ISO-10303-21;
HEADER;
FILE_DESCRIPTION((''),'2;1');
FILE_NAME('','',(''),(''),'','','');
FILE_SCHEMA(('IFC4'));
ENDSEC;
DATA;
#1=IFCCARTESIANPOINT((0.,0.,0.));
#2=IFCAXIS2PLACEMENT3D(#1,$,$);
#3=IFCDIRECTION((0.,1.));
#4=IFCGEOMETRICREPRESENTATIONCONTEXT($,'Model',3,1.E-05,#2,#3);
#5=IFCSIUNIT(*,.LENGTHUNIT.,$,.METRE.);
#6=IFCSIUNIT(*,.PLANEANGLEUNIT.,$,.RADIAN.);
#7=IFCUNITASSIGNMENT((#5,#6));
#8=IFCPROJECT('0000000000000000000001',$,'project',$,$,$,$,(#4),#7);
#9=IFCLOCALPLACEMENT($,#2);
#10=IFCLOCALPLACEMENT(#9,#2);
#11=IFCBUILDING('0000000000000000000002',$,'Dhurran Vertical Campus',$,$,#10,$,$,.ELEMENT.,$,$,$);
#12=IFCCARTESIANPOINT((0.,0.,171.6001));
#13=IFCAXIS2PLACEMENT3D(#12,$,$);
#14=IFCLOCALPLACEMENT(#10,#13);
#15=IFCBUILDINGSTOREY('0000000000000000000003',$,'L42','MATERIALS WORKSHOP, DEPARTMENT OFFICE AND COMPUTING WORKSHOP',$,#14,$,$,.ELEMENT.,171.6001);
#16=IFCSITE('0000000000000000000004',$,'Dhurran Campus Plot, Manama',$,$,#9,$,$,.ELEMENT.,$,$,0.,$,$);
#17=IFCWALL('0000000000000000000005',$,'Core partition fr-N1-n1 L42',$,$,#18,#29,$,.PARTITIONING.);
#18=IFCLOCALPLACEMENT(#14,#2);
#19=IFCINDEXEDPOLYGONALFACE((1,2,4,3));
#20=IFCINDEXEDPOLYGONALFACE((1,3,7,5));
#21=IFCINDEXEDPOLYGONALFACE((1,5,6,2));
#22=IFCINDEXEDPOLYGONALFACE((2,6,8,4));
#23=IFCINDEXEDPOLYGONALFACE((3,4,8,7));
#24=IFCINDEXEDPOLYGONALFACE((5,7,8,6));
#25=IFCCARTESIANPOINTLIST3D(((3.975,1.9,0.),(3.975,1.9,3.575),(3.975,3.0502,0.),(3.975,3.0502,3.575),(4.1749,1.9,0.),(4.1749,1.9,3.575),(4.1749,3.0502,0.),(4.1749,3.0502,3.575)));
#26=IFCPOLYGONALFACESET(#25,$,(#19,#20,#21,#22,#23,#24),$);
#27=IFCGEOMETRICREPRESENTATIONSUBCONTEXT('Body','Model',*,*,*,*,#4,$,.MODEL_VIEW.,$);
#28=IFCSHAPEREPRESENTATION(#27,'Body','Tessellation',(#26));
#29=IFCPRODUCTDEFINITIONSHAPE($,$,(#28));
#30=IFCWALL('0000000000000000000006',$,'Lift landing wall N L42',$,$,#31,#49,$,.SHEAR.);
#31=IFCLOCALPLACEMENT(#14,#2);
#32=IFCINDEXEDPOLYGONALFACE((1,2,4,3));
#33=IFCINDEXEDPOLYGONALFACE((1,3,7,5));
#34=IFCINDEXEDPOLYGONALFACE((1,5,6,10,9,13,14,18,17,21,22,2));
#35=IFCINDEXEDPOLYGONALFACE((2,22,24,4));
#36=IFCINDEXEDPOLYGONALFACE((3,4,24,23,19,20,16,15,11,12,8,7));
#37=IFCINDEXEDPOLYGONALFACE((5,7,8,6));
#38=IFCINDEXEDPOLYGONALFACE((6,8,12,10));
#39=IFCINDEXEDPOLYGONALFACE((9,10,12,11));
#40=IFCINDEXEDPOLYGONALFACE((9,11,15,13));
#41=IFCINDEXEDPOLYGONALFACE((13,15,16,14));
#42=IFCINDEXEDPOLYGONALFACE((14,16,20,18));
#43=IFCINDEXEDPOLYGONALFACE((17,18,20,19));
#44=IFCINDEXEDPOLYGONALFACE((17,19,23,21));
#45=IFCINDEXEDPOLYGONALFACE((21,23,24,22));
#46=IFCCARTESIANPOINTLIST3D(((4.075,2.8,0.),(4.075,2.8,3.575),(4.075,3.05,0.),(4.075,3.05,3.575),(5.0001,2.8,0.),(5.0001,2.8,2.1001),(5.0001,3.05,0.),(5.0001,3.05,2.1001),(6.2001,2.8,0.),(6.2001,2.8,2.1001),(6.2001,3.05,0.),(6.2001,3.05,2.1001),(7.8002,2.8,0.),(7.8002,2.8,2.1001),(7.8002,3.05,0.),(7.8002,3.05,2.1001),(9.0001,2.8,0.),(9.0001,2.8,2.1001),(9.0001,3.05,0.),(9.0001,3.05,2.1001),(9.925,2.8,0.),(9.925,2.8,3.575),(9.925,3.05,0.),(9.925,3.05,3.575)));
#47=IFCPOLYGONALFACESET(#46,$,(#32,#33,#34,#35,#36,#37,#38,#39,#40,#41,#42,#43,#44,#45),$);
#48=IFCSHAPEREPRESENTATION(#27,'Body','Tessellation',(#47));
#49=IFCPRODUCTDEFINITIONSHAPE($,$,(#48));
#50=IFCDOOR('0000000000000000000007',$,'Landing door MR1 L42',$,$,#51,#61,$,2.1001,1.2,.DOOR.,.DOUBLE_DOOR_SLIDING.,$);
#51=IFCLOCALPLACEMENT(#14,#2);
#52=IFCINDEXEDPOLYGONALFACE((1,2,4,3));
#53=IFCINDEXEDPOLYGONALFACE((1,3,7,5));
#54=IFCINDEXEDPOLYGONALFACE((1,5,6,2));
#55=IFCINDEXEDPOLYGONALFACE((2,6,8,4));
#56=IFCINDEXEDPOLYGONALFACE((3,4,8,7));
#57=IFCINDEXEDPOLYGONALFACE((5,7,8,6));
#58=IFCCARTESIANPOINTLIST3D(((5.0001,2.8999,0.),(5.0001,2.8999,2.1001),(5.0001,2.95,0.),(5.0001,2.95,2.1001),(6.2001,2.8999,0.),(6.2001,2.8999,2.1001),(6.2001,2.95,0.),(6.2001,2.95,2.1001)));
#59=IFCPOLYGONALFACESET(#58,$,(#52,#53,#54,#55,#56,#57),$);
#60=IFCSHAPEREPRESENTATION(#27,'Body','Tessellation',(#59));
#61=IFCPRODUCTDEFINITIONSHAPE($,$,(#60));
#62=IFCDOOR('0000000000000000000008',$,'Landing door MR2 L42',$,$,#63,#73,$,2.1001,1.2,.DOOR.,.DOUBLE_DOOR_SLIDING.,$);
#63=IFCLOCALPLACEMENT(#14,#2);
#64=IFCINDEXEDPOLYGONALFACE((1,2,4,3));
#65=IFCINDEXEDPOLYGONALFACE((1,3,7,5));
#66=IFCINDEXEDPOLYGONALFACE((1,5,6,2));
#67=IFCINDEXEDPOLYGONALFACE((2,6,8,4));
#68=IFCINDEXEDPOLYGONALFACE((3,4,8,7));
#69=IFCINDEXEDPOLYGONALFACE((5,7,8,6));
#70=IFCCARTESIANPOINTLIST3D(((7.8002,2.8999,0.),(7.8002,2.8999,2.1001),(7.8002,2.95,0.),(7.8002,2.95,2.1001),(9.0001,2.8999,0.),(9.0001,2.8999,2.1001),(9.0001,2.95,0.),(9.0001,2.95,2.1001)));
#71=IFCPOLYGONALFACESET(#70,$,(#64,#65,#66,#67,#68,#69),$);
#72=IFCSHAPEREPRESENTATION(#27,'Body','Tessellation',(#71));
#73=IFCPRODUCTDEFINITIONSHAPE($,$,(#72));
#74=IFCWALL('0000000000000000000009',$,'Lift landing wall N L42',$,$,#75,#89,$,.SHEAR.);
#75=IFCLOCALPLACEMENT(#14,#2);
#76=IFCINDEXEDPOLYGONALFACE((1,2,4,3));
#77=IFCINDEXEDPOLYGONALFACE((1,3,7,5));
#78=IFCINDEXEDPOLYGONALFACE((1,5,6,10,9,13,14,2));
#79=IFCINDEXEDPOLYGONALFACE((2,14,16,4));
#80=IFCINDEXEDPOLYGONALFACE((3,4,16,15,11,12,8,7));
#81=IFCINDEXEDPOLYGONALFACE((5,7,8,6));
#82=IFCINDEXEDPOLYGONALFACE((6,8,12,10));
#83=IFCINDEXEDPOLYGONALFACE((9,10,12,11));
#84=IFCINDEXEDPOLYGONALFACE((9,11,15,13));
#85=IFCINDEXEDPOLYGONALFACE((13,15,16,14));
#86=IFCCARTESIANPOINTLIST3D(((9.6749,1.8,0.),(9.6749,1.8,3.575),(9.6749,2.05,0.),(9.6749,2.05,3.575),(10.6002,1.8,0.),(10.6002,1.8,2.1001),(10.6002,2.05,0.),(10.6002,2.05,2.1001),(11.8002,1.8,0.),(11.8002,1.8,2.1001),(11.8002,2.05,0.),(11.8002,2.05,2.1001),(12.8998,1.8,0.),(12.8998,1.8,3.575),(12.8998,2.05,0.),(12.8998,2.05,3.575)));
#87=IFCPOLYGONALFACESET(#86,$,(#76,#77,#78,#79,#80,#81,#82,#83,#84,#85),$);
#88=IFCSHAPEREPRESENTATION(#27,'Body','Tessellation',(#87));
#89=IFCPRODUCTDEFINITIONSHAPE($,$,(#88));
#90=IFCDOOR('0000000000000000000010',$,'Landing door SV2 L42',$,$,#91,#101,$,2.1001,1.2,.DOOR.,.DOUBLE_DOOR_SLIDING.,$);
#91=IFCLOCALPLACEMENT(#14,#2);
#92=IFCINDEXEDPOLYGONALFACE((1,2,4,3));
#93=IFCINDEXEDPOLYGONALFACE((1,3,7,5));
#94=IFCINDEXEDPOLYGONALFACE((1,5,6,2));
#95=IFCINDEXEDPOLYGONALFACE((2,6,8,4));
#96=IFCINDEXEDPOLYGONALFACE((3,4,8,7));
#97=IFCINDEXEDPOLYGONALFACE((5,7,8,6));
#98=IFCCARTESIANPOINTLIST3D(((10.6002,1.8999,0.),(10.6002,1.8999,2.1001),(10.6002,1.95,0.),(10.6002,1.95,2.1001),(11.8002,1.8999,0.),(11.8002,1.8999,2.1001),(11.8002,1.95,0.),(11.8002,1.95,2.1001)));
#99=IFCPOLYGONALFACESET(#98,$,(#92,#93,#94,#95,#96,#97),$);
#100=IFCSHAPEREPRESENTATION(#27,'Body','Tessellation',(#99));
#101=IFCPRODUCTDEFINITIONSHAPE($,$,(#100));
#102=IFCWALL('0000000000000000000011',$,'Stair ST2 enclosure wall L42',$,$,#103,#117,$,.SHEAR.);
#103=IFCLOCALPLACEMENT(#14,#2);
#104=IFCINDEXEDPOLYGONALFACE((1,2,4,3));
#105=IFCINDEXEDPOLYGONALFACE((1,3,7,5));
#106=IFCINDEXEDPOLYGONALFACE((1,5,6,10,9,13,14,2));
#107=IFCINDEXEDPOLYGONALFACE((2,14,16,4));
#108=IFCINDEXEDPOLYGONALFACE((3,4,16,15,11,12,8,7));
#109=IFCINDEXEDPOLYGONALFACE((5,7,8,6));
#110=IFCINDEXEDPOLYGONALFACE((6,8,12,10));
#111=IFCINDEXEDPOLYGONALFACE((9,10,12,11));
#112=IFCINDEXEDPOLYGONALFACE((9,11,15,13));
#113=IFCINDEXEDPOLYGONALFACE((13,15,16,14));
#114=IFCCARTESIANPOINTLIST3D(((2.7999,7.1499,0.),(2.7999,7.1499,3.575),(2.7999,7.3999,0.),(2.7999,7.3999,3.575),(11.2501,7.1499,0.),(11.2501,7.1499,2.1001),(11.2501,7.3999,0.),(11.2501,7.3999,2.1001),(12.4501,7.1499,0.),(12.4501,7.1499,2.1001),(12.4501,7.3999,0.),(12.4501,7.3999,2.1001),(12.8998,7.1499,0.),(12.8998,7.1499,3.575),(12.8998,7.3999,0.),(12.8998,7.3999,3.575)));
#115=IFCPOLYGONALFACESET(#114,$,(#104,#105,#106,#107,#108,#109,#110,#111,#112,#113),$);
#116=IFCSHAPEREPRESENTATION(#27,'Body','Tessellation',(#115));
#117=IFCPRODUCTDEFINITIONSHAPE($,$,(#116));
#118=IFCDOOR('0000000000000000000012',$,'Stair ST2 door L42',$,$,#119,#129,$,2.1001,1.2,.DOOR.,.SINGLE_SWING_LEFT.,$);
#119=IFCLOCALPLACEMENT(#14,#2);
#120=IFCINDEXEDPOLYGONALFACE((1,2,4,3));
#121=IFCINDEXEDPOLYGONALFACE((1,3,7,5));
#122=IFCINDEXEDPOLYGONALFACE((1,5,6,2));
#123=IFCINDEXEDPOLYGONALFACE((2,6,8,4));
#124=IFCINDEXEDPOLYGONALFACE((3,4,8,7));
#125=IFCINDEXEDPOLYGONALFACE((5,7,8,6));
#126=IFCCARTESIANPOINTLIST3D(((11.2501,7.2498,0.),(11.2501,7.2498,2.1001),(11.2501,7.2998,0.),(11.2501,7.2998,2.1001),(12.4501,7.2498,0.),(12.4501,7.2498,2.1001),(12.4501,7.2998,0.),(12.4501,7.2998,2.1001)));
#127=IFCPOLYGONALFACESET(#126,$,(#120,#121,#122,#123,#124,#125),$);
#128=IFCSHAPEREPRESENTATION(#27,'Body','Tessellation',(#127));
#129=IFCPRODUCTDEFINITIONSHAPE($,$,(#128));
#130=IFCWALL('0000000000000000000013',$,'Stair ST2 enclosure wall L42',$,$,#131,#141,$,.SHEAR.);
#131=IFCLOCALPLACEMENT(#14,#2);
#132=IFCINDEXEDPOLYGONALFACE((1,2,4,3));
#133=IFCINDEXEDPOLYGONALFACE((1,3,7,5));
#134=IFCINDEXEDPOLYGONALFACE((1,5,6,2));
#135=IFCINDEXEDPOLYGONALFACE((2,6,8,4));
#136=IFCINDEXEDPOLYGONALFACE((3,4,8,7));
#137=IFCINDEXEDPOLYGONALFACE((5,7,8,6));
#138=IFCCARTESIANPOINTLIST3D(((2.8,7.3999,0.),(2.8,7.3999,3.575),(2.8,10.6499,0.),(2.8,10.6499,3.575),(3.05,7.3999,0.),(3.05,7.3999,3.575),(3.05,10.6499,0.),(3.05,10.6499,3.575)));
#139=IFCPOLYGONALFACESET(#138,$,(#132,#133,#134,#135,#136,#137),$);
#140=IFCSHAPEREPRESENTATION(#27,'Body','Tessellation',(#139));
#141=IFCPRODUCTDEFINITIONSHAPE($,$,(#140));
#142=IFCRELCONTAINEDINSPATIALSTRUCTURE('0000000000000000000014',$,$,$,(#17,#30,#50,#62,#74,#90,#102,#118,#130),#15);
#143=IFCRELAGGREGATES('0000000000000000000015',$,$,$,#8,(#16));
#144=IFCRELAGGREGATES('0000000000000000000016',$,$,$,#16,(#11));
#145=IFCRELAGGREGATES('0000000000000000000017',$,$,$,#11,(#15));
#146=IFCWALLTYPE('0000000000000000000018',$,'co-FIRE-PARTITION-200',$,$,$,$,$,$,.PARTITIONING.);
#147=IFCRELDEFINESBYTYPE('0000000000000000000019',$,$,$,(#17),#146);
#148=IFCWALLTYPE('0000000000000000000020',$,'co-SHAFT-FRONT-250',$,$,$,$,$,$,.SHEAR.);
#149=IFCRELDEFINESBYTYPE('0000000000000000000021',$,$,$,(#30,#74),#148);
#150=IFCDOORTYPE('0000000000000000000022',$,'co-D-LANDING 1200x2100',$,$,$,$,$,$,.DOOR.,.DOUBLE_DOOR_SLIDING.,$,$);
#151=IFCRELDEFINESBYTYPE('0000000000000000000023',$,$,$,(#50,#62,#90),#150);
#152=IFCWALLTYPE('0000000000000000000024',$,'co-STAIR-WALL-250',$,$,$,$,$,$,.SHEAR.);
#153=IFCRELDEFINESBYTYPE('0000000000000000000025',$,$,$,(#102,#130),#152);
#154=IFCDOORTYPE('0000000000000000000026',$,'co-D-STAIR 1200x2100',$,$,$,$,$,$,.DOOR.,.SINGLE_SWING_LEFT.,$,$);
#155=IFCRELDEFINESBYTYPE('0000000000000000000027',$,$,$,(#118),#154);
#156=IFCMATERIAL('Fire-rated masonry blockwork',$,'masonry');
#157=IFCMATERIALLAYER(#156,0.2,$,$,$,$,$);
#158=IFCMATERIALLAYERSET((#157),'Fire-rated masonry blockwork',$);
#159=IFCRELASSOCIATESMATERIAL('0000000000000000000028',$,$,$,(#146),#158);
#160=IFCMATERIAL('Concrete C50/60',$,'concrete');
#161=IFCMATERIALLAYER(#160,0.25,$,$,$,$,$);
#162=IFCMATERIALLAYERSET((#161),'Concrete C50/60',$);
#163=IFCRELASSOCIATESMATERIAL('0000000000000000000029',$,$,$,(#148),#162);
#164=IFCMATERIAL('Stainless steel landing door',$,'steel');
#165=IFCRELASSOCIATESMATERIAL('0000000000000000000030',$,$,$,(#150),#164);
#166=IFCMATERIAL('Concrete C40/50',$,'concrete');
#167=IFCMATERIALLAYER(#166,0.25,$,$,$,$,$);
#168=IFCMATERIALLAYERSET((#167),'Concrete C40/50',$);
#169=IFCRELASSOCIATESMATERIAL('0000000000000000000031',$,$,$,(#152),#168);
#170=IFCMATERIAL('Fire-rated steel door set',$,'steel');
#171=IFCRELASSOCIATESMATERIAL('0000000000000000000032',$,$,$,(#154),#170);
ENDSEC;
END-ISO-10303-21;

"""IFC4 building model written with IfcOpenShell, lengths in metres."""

from ifc_helpers import new_model, si_unit, direction, frame, frame_2d, origin, place, context, subcontext, project, spatial, rectangle, extrude, material, layer, layer_set, type_object, element, fill, save


model = new_model("IFC4")

# Units and contexts
model_context = context("Model", 3, precision=1e-05, world=origin(), true_north=direction((0.0, 1.0)))
body_context = subcontext(model_context, "Body", "Model", "MODEL_VIEW")
ifc_project = project(units=[si_unit("LENGTHUNIT", "METRE"), si_unit("PLANEANGLEUNIT", "RADIAN")], contexts=[model_context])

# Site, building, storey
site_placement = place(None, origin())
site = spatial("IfcSite", under=ifc_project, at=site_placement, Name="Dhurran Campus Plot, Manama", CompositionType="ELEMENT", RefElevation=0.0)
building_placement = place(site_placement, origin())
building = spatial("IfcBuilding", under=site, at=building_placement, Name="Dhurran Vertical Campus", CompositionType="ELEMENT")
storey_placement = place(building_placement, frame((0.0, 0.0, 171.6001)))
storey = spatial("IfcBuildingStorey", under=building, at=storey_placement, Name="L42", Description="MATERIALS WORKSHOP, DEPARTMENT OFFICE AND COMPUTING WORKSHOP", CompositionType="ELEMENT", Elevation=171.6001)

# Shared definitions
ifc_material_1 = material(Name="Fire-rated masonry blockwork", Category="masonry")
ifc_layer_1 = layer(ifc_material_1, 0.2)
ifc_layer_set_1 = layer_set([ifc_layer_1], Name="Fire-rated masonry blockwork")
wall_type_1 = type_object("IfcWallType", Name="co-FIRE-PARTITION-200", PredefinedType="PARTITIONING", material=ifc_layer_set_1)

# Wall
wall_1_placement = place(storey_placement, frame((4.075, 1.8999, 0.0), z_axis=(0.0, 0.0, 1.0), x_axis=(0.0, 1.0, 0.0)))
element("IfcWall", 1, at=wall_1_placement, inside=storey, type_object=wall_type_1, Name="Core partition fr-N1-n1 L42", PredefinedType="PARTITIONING", context=body_context, shape_type="SweptSolid", body=[
    extrude(rectangle(XDim=1.1501, YDim=0.2, at=frame_2d((0.5752, 0.0))), origin(), (0.0, 0.0, 1.0), 3.575),
])

# Wall, openings, doors
ifc_material_2 = material(Name="Concrete C50/60", Category="concrete")
ifc_layer_2 = layer(ifc_material_2, 0.25)
ifc_layer_set_2 = layer_set([ifc_layer_2], Name="Concrete C50/60")
wall_type_2 = type_object("IfcWallType", Name="co-SHAFT-FRONT-250", PredefinedType="SHEAR", material=ifc_layer_set_2)
wall_2_placement = place(storey_placement, frame((4.075, 2.925, 0.0), z_axis=(0.0, 0.0, 1.0), x_axis=(1.0, 0.0, 0.0)))
wall_2 = element("IfcWall", 2, at=wall_2_placement, inside=storey, type_object=wall_type_2, Name="Lift landing wall N L42", PredefinedType="SHEAR", context=body_context, shape_type="SweptSolid", body=[
    extrude(rectangle(XDim=5.8501, YDim=0.25, at=frame_2d((2.925, 0.0))), origin(), (0.0, 0.0, 1.0), 3.575),
])
opening_1_placement = place(wall_2_placement, frame((0.925, 0.0, 0.0)))
opening_1 = element("IfcOpeningElement", 3, at=opening_1_placement, cuts=wall_2, PredefinedType="OPENING", context=body_context, shape_type="SweptSolid", body=[
    extrude(rectangle(XDim=1.2, YDim=2.1001, at=frame_2d((0.6001, 1.05))), frame((0.0, 0.135, 0.0), z_axis=(0.0, -1.0, 0.0), x_axis=(1.0, 0.0, 0.0)), (0.0, 0.0, 1.0), 0.27),
])
opening_2_placement = place(wall_2_placement, frame((3.7251, 0.0, 0.0)))
opening_2 = element("IfcOpeningElement", 4, at=opening_2_placement, cuts=wall_2, PredefinedType="OPENING", context=body_context, shape_type="SweptSolid", body=[
    extrude(rectangle(XDim=1.2, YDim=2.1001, at=frame_2d((0.6001, 1.05))), frame((0.0, 0.135, 0.0), z_axis=(0.0, -1.0, 0.0), x_axis=(1.0, 0.0, 0.0)), (0.0, 0.0, 1.0), 0.27),
])
ifc_material_3 = material(Name="Stainless steel landing door", Category="steel")
door_type_1 = type_object("IfcDoorType", Name="co-D-LANDING 1200x2100", OperationType="DOUBLE_DOOR_SLIDING", PredefinedType="DOOR", material=ifc_material_3)
door_1_placement = place(opening_1_placement, origin())
door_1 = element("IfcDoor", 5, at=door_1_placement, inside=storey, type_object=door_type_1, Name="Landing door MR1 L42", OperationType="DOUBLE_DOOR_SLIDING", OverallHeight=2.1001, OverallWidth=1.2, PredefinedType="DOOR", context=body_context, shape_type="SweptSolid", body=[
    extrude(rectangle(XDim=1.2, YDim=2.1001, at=frame_2d((0.6001, 1.05))), frame((0.0, 0.0249, 0.0), z_axis=(0.0, -1.0, 0.0), x_axis=(1.0, 0.0, 0.0)), (0.0, 0.0, 1.0), 0.05),
])
fill(opening_1, door_1)
door_2_placement = place(opening_2_placement, origin())
door_2 = element("IfcDoor", 6, at=door_2_placement, inside=storey, type_object=door_type_1, Name="Landing door MR2 L42", OperationType="DOUBLE_DOOR_SLIDING", OverallHeight=2.1001, OverallWidth=1.2, PredefinedType="DOOR", context=body_context, shape_type="SweptSolid", body=[
    extrude(rectangle(XDim=1.2, YDim=2.1001, at=frame_2d((0.6001, 1.05))), frame((0.0, 0.0249, 0.0), z_axis=(0.0, -1.0, 0.0), x_axis=(1.0, 0.0, 0.0)), (0.0, 0.0, 1.0), 0.05),
])
fill(opening_2, door_2)

# Walls, openings, doors
wall_3_placement = place(storey_placement, frame((9.675, 1.925, 0.0), z_axis=(0.0, 0.0, 1.0), x_axis=(1.0, 0.0, 0.0)))
wall_3 = element("IfcWall", 7, at=wall_3_placement, inside=storey, type_object=wall_type_2, Name="Lift landing wall N L42", PredefinedType="SHEAR", context=body_context, shape_type="SweptSolid", body=[
    extrude(rectangle(XDim=3.2249, YDim=0.25, at=frame_2d((1.6123, 0.0))), origin(), (0.0, 0.0, 1.0), 3.575),
])
opening_3_placement = place(wall_3_placement, frame((0.925, 0.0, 0.0)))
opening_3 = element("IfcOpeningElement", 8, at=opening_3_placement, cuts=wall_3, PredefinedType="OPENING", context=body_context, shape_type="SweptSolid", body=[
    extrude(rectangle(XDim=1.2, YDim=2.1001, at=frame_2d((0.6001, 1.05))), frame((0.0, 0.135, 0.0), z_axis=(0.0, -1.0, 0.0), x_axis=(1.0, 0.0, 0.0)), (0.0, 0.0, 1.0), 0.27),
])
door_3_placement = place(opening_3_placement, origin())
door_3 = element("IfcDoor", 9, at=door_3_placement, inside=storey, type_object=door_type_1, Name="Landing door SV2 L42", OperationType="DOUBLE_DOOR_SLIDING", OverallHeight=2.1001, OverallWidth=1.2, PredefinedType="DOOR", context=body_context, shape_type="SweptSolid", body=[
    extrude(rectangle(XDim=1.2, YDim=2.1001, at=frame_2d((0.6001, 1.05))), frame((0.0, 0.0249, 0.0), z_axis=(0.0, -1.0, 0.0), x_axis=(1.0, 0.0, 0.0)), (0.0, 0.0, 1.0), 0.05),
])
fill(opening_3, door_3)
ifc_material_4 = material(Name="Concrete C40/50", Category="concrete")
ifc_layer_3 = layer(ifc_material_4, 0.25)
ifc_layer_set_3 = layer_set([ifc_layer_3], Name="Concrete C40/50")
wall_type_3 = type_object("IfcWallType", Name="co-STAIR-WALL-250", PredefinedType="SHEAR", material=ifc_layer_set_3)
wall_4_placement = place(storey_placement, frame((2.8, 7.2749, 0.0), z_axis=(0.0, 0.0, 1.0), x_axis=(1.0, 0.0, 0.0)))
wall_4 = element("IfcWall", 10, at=wall_4_placement, inside=storey, type_object=wall_type_3, Name="Stair ST2 enclosure wall L42", PredefinedType="SHEAR", context=body_context, shape_type="SweptSolid", body=[
    extrude(rectangle(XDim=10.0999, YDim=0.25, at=frame_2d((5.0498, 0.0))), origin(), (0.0, 0.0, 1.0), 3.575),
])
opening_4_placement = place(wall_4_placement, frame((8.45, 0.0, 0.0)))
opening_4 = element("IfcOpeningElement", 11, at=opening_4_placement, cuts=wall_4, PredefinedType="OPENING", context=body_context, shape_type="SweptSolid", body=[
    extrude(rectangle(XDim=1.2, YDim=2.1001, at=frame_2d((0.6001, 1.05))), frame((0.0, 0.135, 0.0), z_axis=(0.0, -1.0, 0.0), x_axis=(1.0, 0.0, 0.0)), (0.0, 0.0, 1.0), 0.27),
])
ifc_material_5 = material(Name="Fire-rated steel door set", Category="steel")
door_type_2 = type_object("IfcDoorType", Name="co-D-STAIR 1200x2100", OperationType="SINGLE_SWING_LEFT", PredefinedType="DOOR", material=ifc_material_5)
door_4_placement = place(opening_4_placement, origin())
door_4 = element("IfcDoor", 12, at=door_4_placement, inside=storey, type_object=door_type_2, Name="Stair ST2 door L42", OperationType="SINGLE_SWING_LEFT", OverallHeight=2.1001, OverallWidth=1.2, PredefinedType="DOOR", context=body_context, shape_type="SweptSolid", body=[
    extrude(rectangle(XDim=1.2, YDim=2.1001, at=frame_2d((0.6001, 1.05))), frame((0.0, 0.0249, 0.0), z_axis=(0.0, -1.0, 0.0), x_axis=(1.0, 0.0, 0.0)), (0.0, 0.0, 1.0), 0.05),
])
fill(opening_4, door_4)

# Wall
wall_5_placement = place(storey_placement, frame((2.925, 7.3999, 0.0), z_axis=(0.0, 0.0, 1.0), x_axis=(0.0, 1.0, 0.0)))
element("IfcWall", 13, at=wall_5_placement, inside=storey, type_object=wall_type_3, Name="Stair ST2 enclosure wall L42", PredefinedType="SHEAR", context=body_context, shape_type="SweptSolid", body=[
    extrude(rectangle(XDim=3.25, YDim=0.25, at=frame_2d((1.625, 0.0))), origin(), (0.0, 0.0, 1.0), 3.575),
])

save(model, "model.ifc")
